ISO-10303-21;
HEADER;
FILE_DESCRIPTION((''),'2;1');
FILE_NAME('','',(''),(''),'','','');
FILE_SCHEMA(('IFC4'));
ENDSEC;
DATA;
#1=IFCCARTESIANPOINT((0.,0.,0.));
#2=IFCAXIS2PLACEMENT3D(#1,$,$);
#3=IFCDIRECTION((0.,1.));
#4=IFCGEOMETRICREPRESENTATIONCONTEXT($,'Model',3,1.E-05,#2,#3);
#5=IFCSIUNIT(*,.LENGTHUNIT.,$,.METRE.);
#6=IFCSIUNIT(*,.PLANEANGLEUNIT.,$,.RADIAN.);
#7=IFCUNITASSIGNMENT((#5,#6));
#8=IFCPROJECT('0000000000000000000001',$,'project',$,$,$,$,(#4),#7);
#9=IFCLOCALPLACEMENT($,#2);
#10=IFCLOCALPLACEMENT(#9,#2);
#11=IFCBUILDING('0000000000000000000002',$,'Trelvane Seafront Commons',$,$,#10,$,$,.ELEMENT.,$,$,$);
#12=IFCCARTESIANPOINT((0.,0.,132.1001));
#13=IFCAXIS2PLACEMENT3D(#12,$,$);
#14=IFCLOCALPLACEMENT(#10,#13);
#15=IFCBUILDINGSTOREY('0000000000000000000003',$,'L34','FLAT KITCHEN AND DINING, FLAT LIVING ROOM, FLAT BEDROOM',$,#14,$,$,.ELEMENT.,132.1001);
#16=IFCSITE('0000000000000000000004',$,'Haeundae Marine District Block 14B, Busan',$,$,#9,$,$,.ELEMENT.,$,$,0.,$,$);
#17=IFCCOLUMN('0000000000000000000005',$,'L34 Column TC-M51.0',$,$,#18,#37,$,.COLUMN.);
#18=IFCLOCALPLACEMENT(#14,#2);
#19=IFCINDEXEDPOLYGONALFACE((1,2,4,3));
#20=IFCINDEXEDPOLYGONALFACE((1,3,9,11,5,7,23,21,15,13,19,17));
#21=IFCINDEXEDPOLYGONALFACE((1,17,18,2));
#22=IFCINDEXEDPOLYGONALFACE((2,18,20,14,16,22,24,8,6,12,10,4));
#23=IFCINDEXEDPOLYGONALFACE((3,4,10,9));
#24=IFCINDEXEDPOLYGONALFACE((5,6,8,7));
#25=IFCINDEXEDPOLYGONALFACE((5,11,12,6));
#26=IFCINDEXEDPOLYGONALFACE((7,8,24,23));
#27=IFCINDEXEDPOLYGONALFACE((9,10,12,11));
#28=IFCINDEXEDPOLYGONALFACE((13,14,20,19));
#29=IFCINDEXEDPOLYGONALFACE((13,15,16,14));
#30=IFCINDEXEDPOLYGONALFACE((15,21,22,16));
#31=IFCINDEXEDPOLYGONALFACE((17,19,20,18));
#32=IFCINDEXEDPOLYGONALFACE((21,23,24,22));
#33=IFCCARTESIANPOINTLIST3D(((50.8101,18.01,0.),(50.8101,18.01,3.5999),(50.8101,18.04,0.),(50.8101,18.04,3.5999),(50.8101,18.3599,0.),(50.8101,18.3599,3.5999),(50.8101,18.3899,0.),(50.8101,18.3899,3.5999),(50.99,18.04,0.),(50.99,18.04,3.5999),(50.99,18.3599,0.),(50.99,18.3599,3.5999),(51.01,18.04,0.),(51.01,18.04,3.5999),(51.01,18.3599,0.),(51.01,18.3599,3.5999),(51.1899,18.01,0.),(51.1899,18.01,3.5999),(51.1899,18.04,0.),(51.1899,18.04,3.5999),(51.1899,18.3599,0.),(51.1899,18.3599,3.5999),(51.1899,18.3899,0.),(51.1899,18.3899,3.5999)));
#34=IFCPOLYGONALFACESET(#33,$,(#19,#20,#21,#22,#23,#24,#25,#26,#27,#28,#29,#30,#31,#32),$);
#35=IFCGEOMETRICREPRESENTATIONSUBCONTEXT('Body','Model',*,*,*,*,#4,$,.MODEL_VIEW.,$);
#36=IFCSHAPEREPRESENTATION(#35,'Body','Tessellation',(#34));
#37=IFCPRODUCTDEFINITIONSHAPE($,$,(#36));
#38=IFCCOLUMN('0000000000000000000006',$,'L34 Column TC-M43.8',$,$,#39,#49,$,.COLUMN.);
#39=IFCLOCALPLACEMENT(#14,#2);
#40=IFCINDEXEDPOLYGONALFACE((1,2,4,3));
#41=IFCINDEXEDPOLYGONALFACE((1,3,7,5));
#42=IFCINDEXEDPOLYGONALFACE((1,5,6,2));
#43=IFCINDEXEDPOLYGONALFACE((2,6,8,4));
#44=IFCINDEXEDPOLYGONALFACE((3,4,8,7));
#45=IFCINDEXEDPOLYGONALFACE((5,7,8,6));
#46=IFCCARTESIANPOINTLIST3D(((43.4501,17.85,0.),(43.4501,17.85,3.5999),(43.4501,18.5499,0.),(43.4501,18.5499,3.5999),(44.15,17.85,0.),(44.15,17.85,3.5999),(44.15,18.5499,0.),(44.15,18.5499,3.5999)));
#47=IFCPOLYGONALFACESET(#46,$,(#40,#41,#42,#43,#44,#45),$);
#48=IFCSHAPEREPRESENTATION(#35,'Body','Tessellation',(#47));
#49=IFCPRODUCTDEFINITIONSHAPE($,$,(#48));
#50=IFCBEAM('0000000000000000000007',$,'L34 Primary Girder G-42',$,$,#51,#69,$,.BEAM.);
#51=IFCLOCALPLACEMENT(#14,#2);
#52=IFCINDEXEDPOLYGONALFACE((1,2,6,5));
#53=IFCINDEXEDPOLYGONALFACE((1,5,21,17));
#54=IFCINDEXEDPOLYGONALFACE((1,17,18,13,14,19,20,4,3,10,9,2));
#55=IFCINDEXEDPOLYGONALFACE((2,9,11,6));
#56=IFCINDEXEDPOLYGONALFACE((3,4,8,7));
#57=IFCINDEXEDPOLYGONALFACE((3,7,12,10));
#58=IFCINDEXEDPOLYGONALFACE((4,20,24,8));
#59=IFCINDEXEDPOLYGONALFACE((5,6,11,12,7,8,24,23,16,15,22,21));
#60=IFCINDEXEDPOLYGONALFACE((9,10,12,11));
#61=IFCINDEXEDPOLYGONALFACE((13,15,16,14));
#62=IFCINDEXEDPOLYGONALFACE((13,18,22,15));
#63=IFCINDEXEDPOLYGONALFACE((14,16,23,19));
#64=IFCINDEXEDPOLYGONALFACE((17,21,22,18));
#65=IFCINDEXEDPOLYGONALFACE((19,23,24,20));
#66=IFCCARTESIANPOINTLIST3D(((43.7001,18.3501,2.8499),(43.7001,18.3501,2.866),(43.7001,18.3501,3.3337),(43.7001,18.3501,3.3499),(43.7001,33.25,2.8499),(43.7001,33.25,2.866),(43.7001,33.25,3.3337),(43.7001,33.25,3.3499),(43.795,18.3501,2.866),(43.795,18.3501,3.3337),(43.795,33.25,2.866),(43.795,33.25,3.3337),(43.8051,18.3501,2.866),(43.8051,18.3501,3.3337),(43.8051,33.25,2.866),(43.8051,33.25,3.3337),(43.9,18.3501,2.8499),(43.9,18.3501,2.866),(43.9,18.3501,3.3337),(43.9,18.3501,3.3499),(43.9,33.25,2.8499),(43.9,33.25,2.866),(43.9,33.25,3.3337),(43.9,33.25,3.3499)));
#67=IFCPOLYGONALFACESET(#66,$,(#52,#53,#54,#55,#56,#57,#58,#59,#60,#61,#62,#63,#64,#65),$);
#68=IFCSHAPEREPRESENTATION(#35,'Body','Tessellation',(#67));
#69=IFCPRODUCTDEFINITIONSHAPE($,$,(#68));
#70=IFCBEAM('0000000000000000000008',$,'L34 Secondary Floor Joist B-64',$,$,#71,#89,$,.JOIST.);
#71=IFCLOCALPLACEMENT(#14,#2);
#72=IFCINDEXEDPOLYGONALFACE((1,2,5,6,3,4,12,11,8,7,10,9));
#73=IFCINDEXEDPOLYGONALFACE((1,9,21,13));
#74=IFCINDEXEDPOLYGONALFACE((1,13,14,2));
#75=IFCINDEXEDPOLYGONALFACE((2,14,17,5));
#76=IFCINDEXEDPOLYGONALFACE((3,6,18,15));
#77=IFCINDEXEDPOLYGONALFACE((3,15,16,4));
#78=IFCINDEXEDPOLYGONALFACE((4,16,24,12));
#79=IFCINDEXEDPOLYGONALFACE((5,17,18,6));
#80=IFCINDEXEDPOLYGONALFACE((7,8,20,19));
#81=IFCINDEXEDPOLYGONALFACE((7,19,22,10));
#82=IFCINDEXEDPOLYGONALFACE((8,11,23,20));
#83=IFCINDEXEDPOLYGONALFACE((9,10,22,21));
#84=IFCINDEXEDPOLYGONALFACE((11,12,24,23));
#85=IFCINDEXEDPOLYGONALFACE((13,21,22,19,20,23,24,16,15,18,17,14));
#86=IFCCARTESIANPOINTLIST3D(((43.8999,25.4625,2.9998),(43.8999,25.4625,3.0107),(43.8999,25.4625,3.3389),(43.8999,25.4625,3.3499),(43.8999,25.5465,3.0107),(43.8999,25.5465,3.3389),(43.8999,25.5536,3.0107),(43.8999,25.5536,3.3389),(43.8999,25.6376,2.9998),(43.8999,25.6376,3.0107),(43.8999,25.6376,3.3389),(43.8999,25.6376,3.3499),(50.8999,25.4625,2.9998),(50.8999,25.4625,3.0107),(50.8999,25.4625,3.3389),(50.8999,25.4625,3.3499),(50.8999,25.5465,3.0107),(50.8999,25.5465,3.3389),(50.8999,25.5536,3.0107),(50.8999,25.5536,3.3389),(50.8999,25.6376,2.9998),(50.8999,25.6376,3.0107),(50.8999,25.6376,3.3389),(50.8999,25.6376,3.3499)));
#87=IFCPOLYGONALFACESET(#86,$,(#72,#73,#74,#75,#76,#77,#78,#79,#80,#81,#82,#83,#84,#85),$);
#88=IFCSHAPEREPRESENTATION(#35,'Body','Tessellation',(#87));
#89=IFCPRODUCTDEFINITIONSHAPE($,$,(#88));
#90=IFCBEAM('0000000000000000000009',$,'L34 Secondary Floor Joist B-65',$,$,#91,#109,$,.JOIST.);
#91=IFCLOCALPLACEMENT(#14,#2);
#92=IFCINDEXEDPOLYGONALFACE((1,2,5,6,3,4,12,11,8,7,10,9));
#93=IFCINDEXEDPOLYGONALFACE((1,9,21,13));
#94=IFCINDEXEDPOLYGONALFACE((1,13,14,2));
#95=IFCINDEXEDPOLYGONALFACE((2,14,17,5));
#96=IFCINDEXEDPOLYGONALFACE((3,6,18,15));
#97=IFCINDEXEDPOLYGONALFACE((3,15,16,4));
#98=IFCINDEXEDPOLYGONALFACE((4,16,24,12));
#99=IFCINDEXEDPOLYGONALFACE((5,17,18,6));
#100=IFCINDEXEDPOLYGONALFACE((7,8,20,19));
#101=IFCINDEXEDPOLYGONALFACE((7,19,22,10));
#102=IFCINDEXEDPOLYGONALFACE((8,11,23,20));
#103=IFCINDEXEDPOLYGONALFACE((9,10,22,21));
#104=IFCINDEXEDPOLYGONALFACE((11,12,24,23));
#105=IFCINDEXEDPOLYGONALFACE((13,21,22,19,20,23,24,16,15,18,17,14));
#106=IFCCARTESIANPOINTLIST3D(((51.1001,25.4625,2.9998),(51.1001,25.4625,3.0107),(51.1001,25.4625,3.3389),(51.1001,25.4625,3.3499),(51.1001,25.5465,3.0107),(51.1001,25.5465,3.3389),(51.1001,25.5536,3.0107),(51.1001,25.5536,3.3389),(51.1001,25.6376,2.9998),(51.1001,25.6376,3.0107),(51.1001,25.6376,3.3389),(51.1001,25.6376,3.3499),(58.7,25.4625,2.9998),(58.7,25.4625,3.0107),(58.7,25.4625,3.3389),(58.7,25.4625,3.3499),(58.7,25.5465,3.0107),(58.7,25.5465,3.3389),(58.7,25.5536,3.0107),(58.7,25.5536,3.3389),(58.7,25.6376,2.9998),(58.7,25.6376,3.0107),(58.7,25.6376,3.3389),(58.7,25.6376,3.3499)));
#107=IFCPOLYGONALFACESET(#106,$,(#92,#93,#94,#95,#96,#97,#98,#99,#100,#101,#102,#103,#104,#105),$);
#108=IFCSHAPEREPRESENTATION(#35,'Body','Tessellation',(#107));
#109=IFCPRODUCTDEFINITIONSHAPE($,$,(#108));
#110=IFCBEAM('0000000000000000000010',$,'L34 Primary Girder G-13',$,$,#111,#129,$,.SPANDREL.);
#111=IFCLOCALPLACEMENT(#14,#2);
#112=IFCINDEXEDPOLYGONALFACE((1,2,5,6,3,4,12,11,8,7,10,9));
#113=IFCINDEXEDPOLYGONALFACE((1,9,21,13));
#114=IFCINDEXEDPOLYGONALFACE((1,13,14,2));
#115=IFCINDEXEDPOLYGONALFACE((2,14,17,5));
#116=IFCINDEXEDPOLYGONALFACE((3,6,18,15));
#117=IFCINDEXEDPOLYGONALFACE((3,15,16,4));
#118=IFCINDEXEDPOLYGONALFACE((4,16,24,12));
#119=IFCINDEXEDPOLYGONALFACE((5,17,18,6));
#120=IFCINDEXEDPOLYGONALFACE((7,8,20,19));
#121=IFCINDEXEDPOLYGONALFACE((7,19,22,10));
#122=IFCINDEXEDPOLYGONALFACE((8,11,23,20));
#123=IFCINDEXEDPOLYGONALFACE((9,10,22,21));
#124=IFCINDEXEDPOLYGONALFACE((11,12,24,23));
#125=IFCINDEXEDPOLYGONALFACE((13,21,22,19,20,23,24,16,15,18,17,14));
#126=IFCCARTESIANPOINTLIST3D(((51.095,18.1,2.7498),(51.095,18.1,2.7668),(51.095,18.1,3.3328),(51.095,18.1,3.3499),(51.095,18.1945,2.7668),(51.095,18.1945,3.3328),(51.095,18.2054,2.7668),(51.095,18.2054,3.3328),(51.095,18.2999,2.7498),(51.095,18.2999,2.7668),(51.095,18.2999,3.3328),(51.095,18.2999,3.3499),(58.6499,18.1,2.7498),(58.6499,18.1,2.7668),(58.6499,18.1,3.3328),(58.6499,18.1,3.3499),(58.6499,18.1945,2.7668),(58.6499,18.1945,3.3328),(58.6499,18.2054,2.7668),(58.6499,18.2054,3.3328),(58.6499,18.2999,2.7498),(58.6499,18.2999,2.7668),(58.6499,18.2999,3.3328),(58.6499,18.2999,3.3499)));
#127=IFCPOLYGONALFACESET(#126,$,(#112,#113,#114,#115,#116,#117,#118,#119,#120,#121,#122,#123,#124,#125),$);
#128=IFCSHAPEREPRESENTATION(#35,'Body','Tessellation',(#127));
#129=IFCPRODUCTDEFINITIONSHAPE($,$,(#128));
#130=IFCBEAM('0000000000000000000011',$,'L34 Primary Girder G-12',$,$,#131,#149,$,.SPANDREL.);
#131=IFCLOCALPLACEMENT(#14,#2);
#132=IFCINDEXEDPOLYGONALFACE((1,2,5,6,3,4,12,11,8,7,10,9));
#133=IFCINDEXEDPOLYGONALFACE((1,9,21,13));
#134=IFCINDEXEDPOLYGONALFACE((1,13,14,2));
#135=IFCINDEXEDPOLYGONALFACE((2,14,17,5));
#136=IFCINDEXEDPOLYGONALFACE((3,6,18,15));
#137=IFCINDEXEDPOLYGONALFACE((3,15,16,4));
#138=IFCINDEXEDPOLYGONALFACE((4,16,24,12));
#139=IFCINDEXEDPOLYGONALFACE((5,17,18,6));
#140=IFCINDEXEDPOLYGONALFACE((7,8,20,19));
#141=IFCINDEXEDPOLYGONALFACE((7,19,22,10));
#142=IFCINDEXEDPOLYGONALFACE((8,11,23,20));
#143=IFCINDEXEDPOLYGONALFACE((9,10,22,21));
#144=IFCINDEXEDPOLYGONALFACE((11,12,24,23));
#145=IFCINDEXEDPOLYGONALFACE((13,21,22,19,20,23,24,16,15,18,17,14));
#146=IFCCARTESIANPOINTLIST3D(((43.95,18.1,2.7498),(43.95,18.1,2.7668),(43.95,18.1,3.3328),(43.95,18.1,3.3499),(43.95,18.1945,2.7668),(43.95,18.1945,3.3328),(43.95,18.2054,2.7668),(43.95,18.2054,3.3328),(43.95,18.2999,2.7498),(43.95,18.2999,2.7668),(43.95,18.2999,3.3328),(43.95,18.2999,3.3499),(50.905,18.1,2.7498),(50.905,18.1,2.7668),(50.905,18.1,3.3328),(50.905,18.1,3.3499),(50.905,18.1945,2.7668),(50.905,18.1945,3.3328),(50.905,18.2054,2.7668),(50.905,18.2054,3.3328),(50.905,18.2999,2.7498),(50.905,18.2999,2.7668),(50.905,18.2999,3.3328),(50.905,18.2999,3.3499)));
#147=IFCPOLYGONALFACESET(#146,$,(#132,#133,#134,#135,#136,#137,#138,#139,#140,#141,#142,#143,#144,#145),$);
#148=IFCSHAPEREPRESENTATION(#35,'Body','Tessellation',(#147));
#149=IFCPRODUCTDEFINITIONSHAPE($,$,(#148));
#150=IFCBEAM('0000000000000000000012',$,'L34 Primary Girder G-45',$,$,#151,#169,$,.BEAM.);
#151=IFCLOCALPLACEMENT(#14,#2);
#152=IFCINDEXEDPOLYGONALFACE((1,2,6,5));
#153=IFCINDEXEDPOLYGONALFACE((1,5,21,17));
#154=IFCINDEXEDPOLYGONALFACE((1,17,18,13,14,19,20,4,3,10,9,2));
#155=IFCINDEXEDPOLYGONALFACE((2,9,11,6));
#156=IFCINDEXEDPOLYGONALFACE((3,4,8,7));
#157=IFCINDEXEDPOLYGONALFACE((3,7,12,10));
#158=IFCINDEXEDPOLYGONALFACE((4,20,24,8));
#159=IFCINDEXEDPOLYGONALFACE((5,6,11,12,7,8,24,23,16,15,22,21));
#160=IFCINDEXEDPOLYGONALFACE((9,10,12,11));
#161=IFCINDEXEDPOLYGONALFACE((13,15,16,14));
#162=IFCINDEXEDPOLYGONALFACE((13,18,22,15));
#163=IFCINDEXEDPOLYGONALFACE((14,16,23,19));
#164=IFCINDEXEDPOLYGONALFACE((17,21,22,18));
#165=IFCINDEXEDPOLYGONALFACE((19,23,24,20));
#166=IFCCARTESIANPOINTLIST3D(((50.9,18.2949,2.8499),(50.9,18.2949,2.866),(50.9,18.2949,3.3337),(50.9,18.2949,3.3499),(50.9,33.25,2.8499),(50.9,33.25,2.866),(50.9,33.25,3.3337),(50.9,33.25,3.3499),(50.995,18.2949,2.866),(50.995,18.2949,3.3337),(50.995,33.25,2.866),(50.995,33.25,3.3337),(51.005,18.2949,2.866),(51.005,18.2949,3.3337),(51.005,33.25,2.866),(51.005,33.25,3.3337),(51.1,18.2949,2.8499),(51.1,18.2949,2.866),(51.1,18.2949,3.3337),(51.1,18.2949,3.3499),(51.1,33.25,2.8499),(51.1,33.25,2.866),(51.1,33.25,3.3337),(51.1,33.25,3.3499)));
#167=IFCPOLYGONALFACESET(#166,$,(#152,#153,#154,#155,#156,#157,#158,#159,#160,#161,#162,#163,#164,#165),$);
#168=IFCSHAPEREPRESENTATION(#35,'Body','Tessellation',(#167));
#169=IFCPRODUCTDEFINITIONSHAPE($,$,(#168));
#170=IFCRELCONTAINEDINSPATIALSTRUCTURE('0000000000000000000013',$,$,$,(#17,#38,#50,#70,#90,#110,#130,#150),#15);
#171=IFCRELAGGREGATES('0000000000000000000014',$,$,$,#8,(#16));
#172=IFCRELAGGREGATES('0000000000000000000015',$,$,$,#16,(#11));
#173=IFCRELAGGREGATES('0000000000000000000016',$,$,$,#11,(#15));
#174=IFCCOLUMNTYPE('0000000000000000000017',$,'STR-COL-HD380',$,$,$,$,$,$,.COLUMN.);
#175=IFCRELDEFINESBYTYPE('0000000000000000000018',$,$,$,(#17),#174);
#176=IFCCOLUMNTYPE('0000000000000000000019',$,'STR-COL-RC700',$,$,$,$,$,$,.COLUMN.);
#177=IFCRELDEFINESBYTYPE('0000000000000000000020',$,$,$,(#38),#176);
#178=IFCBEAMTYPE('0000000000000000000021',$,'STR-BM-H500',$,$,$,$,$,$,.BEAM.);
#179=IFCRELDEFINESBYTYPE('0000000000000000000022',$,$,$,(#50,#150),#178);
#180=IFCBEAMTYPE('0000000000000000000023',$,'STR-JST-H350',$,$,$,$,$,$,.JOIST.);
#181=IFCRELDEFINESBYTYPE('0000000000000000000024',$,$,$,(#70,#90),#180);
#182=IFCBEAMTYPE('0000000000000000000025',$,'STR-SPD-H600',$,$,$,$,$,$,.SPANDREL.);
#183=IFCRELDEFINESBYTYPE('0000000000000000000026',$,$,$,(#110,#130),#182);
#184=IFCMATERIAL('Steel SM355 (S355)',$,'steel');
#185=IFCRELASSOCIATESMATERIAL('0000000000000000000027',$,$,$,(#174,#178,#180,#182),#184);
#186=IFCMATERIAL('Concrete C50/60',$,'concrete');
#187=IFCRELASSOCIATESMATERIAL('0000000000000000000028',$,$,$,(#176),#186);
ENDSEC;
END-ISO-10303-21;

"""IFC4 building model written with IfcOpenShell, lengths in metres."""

from ifc_helpers import new_model, si_unit, direction, frame, origin, origin_2d, place, context, subcontext, project, spatial, rectangle, i_section, extrude, source, transform, mapped, material, material_profile, profile_set, type_object, element, save


model = new_model("IFC4")

# Units and contexts
model_context = context("Model", 3, precision=1e-05, world=origin(), true_north=direction((0.0, 1.0)))
body_context = subcontext(model_context, "Body", "Model", "MODEL_VIEW")
ifc_project = project(units=[si_unit("LENGTHUNIT", "METRE"), si_unit("PLANEANGLEUNIT", "RADIAN")], contexts=[model_context])

# Site, building, storey
site_placement = place(None, origin())
site = spatial("IfcSite", under=ifc_project, at=site_placement, Name="Haeundae Marine District Block 14B, Busan", CompositionType="ELEMENT", RefElevation=0.0)
building_placement = place(site_placement, origin())
building = spatial("IfcBuilding", under=site, at=building_placement, Name="Trelvane Seafront Commons", CompositionType="ELEMENT")
storey_placement = place(building_placement, frame((0.0, 0.0, 132.1001)))
storey = spatial("IfcBuildingStorey", under=building, at=storey_placement, Name="L34", Description="FLAT KITCHEN AND DINING, FLAT LIVING ROOM, FLAT BEDROOM", CompositionType="ELEMENT", Elevation=132.1001)

# Columns
ifc_material_1 = material(Name="Steel SM355 (S355)", Category="steel")
ifc_material_profile_1 = material_profile(ifc_material_1, i_section(OverallWidth=0.3799, OverallDepth=0.3799, WebThickness=0.02, FlangeThickness=0.03, at=origin_2d()), Name="HD-380x380x20x30")
ifc_profile_set_1 = profile_set([ifc_material_profile_1], Name="Steel SM355 (S355)")
column_type_1 = type_object("IfcColumnType", Name="STR-COL-HD380", PredefinedType="COLUMN", material=ifc_profile_set_1)
shared_shape_1 = source(origin(), body_context, "Body", "SweptSolid", [
    extrude(i_section(OverallWidth=0.3799, OverallDepth=0.3799, WebThickness=0.02, FlangeThickness=0.03, at=origin_2d()), origin(), (0.0, 0.0, 1.0), 3.5999),
])
column_1_placement = place(storey_placement, frame((51.0, 18.2, 0.0), z_axis=(0.0, 0.0, 1.0), x_axis=(1.0, 0.0, 0.0)))
element("IfcColumn", 1, at=column_1_placement, inside=storey, type_object=column_type_1, Name="L34 Column TC-M51.0", PredefinedType="COLUMN", context=body_context, shape_type="MappedRepresentation", body=[
    mapped(shared_shape_1, transform((0.0, 0.0, 0.0), x_axis=(1.0, 0.0, 0.0), y_axis=(0.0, 1.0, 0.0), z_axis=(0.0, 0.0, 1.0), scale=1.0)),
])
ifc_material_2 = material(Name="Concrete C50/60", Category="concrete")
ifc_material_profile_2 = material_profile(ifc_material_2, rectangle(XDim=0.7, YDim=0.7, at=origin_2d()), Name="RC-700x700")
ifc_profile_set_2 = profile_set([ifc_material_profile_2], Name="Concrete C50/60")
column_type_2 = type_object("IfcColumnType", Name="STR-COL-RC700", PredefinedType="COLUMN", material=ifc_profile_set_2)
shared_shape_2 = source(origin(), body_context, "Body", "SweptSolid", [
    extrude(rectangle(XDim=0.7, YDim=0.7, at=origin_2d()), origin(), (0.0, 0.0, 1.0), 3.5999),
])
column_2_placement = place(storey_placement, frame((43.8, 18.2, 0.0), z_axis=(0.0, 0.0, 1.0), x_axis=(1.0, 0.0, 0.0)))
element("IfcColumn", 2, at=column_2_placement, inside=storey, type_object=column_type_2, Name="L34 Column TC-M43.8", PredefinedType="COLUMN", context=body_context, shape_type="MappedRepresentation", body=[
    mapped(shared_shape_2, transform((0.0, 0.0, 0.0), x_axis=(1.0, 0.0, 0.0), y_axis=(0.0, 1.0, 0.0), z_axis=(0.0, 0.0, 1.0), scale=1.0)),
])

# Beams
ifc_material_profile_3 = material_profile(ifc_material_1, i_section(OverallWidth=0.2, OverallDepth=0.5, WebThickness=0.01, FlangeThickness=0.0161, at=origin_2d()), Name="H-500x200x10x16")
ifc_profile_set_3 = profile_set([ifc_material_profile_3], Name="Steel SM355 (S355)")
beam_type_1 = type_object("IfcBeamType", Name="STR-BM-H500", PredefinedType="BEAM", material=ifc_profile_set_3)
shared_shape_3 = source(origin(), body_context, "Body", "SweptSolid", [
    extrude(i_section(OverallWidth=0.2, OverallDepth=0.5, WebThickness=0.01, FlangeThickness=0.0161, at=origin_2d()), origin(), (0.0, 0.0, 1.0), 14.8999),
])
beam_1_placement = place(storey_placement, frame((43.8, 18.3501, 3.0999), z_axis=(0.0, 1.0, 0.0), x_axis=(-1.0, 0.0, 0.0)))
element("IfcBeam", 3, at=beam_1_placement, inside=storey, type_object=beam_type_1, Name="L34 Primary Girder G-42", PredefinedType="BEAM", context=body_context, shape_type="MappedRepresentation", body=[
    mapped(shared_shape_3, transform((0.0, 0.0, 0.0), x_axis=(1.0, 0.0, 0.0), y_axis=(0.0, 1.0, 0.0), z_axis=(0.0, 0.0, 1.0), scale=1.0)),
])
ifc_material_profile_4 = material_profile(ifc_material_1, i_section(OverallWidth=0.175, OverallDepth=0.3501, WebThickness=0.0071, FlangeThickness=0.011, at=origin_2d()), Name="H-350x175x7x11")
ifc_profile_set_4 = profile_set([ifc_material_profile_4], Name="Steel SM355 (S355)")
beam_type_2 = type_object("IfcBeamType", Name="STR-JST-H350", PredefinedType="JOIST", material=ifc_profile_set_4)
shared_shape_4 = source(origin(), body_context, "Body", "SweptSolid", [
    extrude(i_section(OverallWidth=0.175, OverallDepth=0.3501, WebThickness=0.0071, FlangeThickness=0.011, at=origin_2d()), origin(), (0.0, 0.0, 1.0), 7.0),
])
beam_2_placement = place(storey_placement, frame((43.8999, 25.55, 3.1748), z_axis=(1.0, 0.0, 0.0), x_axis=(0.0, 1.0, 0.0)))
element("IfcBeam", 4, at=beam_2_placement, inside=storey, type_object=beam_type_2, Name="L34 Secondary Floor Joist B-64", PredefinedType="JOIST", context=body_context, shape_type="MappedRepresentation", body=[
    mapped(shared_shape_4, transform((0.0, 0.0, 0.0), x_axis=(1.0, 0.0, 0.0), y_axis=(0.0, 1.0, 0.0), z_axis=(0.0, 0.0, 1.0), scale=1.0)),
])
shared_shape_5 = source(origin(), body_context, "Body", "SweptSolid", [
    extrude(i_section(OverallWidth=0.175, OverallDepth=0.3501, WebThickness=0.0071, FlangeThickness=0.011, at=origin_2d()), origin(), (0.0, 0.0, 1.0), 7.5999),
])
beam_3_placement = place(storey_placement, frame((51.1001, 25.55, 3.1748), z_axis=(1.0, 0.0, 0.0), x_axis=(0.0, 1.0, 0.0)))
element("IfcBeam", 5, at=beam_3_placement, inside=storey, type_object=beam_type_2, Name="L34 Secondary Floor Joist B-65", PredefinedType="JOIST", context=body_context, shape_type="MappedRepresentation", body=[
    mapped(shared_shape_5, transform((0.0, 0.0, 0.0), x_axis=(1.0, 0.0, 0.0), y_axis=(0.0, 1.0, 0.0), z_axis=(0.0, 0.0, 1.0), scale=1.0)),
])
ifc_material_profile_5 = material_profile(ifc_material_1, i_section(OverallWidth=0.2, OverallDepth=0.6001, WebThickness=0.011, FlangeThickness=0.0171, at=origin_2d()), Name="H-600x200x11x17")
ifc_profile_set_5 = profile_set([ifc_material_profile_5], Name="Steel SM355 (S355)")
beam_type_3 = type_object("IfcBeamType", Name="STR-SPD-H600", PredefinedType="SPANDREL", material=ifc_profile_set_5)
shared_shape_6 = source(origin(), body_context, "Body", "SweptSolid", [
    extrude(i_section(OverallWidth=0.2, OverallDepth=0.6001, WebThickness=0.011, FlangeThickness=0.0171, at=origin_2d()), origin(), (0.0, 0.0, 1.0), 7.5549),
])
beam_4_placement = place(storey_placement, frame((51.095, 18.2, 3.0498), z_axis=(1.0, 0.0, 0.0), x_axis=(0.0, 1.0, 0.0)))
element("IfcBeam", 6, at=beam_4_placement, inside=storey, type_object=beam_type_3, Name="L34 Primary Girder G-13", PredefinedType="SPANDREL", context=body_context, shape_type="MappedRepresentation", body=[
    mapped(shared_shape_6, transform((0.0, 0.0, 0.0), x_axis=(1.0, 0.0, 0.0), y_axis=(0.0, 1.0, 0.0), z_axis=(0.0, 0.0, 1.0), scale=1.0)),
])
shared_shape_7 = source(origin(), body_context, "Body", "SweptSolid", [
    extrude(i_section(OverallWidth=0.2, OverallDepth=0.6001, WebThickness=0.011, FlangeThickness=0.0171, at=origin_2d()), origin(), (0.0, 0.0, 1.0), 6.9551),
])
beam_5_placement = place(storey_placement, frame((43.95, 18.2, 3.0498), z_axis=(1.0, 0.0, 0.0), x_axis=(0.0, 1.0, 0.0)))
element("IfcBeam", 7, at=beam_5_placement, inside=storey, type_object=beam_type_3, Name="L34 Primary Girder G-12", PredefinedType="SPANDREL", context=body_context, shape_type="MappedRepresentation", body=[
    mapped(shared_shape_7, transform((0.0, 0.0, 0.0), x_axis=(1.0, 0.0, 0.0), y_axis=(0.0, 1.0, 0.0), z_axis=(0.0, 0.0, 1.0), scale=1.0)),
])
shared_shape_8 = source(origin(), body_context, "Body", "SweptSolid", [
    extrude(i_section(OverallWidth=0.2, OverallDepth=0.5, WebThickness=0.01, FlangeThickness=0.0161, at=origin_2d()), origin(), (0.0, 0.0, 1.0), 14.9551),
])
beam_6_placement = place(storey_placement, frame((51.0, 18.2949, 3.0999), z_axis=(0.0, 1.0, 0.0), x_axis=(-1.0, 0.0, 0.0)))
element("IfcBeam", 8, at=beam_6_placement, inside=storey, type_object=beam_type_1, Name="L34 Primary Girder G-45", PredefinedType="BEAM", context=body_context, shape_type="MappedRepresentation", body=[
    mapped(shared_shape_8, transform((0.0, 0.0, 0.0), x_axis=(1.0, 0.0, 0.0), y_axis=(0.0, 1.0, 0.0), z_axis=(0.0, 0.0, 1.0), scale=1.0)),
])

save(model, "model.ifc")
